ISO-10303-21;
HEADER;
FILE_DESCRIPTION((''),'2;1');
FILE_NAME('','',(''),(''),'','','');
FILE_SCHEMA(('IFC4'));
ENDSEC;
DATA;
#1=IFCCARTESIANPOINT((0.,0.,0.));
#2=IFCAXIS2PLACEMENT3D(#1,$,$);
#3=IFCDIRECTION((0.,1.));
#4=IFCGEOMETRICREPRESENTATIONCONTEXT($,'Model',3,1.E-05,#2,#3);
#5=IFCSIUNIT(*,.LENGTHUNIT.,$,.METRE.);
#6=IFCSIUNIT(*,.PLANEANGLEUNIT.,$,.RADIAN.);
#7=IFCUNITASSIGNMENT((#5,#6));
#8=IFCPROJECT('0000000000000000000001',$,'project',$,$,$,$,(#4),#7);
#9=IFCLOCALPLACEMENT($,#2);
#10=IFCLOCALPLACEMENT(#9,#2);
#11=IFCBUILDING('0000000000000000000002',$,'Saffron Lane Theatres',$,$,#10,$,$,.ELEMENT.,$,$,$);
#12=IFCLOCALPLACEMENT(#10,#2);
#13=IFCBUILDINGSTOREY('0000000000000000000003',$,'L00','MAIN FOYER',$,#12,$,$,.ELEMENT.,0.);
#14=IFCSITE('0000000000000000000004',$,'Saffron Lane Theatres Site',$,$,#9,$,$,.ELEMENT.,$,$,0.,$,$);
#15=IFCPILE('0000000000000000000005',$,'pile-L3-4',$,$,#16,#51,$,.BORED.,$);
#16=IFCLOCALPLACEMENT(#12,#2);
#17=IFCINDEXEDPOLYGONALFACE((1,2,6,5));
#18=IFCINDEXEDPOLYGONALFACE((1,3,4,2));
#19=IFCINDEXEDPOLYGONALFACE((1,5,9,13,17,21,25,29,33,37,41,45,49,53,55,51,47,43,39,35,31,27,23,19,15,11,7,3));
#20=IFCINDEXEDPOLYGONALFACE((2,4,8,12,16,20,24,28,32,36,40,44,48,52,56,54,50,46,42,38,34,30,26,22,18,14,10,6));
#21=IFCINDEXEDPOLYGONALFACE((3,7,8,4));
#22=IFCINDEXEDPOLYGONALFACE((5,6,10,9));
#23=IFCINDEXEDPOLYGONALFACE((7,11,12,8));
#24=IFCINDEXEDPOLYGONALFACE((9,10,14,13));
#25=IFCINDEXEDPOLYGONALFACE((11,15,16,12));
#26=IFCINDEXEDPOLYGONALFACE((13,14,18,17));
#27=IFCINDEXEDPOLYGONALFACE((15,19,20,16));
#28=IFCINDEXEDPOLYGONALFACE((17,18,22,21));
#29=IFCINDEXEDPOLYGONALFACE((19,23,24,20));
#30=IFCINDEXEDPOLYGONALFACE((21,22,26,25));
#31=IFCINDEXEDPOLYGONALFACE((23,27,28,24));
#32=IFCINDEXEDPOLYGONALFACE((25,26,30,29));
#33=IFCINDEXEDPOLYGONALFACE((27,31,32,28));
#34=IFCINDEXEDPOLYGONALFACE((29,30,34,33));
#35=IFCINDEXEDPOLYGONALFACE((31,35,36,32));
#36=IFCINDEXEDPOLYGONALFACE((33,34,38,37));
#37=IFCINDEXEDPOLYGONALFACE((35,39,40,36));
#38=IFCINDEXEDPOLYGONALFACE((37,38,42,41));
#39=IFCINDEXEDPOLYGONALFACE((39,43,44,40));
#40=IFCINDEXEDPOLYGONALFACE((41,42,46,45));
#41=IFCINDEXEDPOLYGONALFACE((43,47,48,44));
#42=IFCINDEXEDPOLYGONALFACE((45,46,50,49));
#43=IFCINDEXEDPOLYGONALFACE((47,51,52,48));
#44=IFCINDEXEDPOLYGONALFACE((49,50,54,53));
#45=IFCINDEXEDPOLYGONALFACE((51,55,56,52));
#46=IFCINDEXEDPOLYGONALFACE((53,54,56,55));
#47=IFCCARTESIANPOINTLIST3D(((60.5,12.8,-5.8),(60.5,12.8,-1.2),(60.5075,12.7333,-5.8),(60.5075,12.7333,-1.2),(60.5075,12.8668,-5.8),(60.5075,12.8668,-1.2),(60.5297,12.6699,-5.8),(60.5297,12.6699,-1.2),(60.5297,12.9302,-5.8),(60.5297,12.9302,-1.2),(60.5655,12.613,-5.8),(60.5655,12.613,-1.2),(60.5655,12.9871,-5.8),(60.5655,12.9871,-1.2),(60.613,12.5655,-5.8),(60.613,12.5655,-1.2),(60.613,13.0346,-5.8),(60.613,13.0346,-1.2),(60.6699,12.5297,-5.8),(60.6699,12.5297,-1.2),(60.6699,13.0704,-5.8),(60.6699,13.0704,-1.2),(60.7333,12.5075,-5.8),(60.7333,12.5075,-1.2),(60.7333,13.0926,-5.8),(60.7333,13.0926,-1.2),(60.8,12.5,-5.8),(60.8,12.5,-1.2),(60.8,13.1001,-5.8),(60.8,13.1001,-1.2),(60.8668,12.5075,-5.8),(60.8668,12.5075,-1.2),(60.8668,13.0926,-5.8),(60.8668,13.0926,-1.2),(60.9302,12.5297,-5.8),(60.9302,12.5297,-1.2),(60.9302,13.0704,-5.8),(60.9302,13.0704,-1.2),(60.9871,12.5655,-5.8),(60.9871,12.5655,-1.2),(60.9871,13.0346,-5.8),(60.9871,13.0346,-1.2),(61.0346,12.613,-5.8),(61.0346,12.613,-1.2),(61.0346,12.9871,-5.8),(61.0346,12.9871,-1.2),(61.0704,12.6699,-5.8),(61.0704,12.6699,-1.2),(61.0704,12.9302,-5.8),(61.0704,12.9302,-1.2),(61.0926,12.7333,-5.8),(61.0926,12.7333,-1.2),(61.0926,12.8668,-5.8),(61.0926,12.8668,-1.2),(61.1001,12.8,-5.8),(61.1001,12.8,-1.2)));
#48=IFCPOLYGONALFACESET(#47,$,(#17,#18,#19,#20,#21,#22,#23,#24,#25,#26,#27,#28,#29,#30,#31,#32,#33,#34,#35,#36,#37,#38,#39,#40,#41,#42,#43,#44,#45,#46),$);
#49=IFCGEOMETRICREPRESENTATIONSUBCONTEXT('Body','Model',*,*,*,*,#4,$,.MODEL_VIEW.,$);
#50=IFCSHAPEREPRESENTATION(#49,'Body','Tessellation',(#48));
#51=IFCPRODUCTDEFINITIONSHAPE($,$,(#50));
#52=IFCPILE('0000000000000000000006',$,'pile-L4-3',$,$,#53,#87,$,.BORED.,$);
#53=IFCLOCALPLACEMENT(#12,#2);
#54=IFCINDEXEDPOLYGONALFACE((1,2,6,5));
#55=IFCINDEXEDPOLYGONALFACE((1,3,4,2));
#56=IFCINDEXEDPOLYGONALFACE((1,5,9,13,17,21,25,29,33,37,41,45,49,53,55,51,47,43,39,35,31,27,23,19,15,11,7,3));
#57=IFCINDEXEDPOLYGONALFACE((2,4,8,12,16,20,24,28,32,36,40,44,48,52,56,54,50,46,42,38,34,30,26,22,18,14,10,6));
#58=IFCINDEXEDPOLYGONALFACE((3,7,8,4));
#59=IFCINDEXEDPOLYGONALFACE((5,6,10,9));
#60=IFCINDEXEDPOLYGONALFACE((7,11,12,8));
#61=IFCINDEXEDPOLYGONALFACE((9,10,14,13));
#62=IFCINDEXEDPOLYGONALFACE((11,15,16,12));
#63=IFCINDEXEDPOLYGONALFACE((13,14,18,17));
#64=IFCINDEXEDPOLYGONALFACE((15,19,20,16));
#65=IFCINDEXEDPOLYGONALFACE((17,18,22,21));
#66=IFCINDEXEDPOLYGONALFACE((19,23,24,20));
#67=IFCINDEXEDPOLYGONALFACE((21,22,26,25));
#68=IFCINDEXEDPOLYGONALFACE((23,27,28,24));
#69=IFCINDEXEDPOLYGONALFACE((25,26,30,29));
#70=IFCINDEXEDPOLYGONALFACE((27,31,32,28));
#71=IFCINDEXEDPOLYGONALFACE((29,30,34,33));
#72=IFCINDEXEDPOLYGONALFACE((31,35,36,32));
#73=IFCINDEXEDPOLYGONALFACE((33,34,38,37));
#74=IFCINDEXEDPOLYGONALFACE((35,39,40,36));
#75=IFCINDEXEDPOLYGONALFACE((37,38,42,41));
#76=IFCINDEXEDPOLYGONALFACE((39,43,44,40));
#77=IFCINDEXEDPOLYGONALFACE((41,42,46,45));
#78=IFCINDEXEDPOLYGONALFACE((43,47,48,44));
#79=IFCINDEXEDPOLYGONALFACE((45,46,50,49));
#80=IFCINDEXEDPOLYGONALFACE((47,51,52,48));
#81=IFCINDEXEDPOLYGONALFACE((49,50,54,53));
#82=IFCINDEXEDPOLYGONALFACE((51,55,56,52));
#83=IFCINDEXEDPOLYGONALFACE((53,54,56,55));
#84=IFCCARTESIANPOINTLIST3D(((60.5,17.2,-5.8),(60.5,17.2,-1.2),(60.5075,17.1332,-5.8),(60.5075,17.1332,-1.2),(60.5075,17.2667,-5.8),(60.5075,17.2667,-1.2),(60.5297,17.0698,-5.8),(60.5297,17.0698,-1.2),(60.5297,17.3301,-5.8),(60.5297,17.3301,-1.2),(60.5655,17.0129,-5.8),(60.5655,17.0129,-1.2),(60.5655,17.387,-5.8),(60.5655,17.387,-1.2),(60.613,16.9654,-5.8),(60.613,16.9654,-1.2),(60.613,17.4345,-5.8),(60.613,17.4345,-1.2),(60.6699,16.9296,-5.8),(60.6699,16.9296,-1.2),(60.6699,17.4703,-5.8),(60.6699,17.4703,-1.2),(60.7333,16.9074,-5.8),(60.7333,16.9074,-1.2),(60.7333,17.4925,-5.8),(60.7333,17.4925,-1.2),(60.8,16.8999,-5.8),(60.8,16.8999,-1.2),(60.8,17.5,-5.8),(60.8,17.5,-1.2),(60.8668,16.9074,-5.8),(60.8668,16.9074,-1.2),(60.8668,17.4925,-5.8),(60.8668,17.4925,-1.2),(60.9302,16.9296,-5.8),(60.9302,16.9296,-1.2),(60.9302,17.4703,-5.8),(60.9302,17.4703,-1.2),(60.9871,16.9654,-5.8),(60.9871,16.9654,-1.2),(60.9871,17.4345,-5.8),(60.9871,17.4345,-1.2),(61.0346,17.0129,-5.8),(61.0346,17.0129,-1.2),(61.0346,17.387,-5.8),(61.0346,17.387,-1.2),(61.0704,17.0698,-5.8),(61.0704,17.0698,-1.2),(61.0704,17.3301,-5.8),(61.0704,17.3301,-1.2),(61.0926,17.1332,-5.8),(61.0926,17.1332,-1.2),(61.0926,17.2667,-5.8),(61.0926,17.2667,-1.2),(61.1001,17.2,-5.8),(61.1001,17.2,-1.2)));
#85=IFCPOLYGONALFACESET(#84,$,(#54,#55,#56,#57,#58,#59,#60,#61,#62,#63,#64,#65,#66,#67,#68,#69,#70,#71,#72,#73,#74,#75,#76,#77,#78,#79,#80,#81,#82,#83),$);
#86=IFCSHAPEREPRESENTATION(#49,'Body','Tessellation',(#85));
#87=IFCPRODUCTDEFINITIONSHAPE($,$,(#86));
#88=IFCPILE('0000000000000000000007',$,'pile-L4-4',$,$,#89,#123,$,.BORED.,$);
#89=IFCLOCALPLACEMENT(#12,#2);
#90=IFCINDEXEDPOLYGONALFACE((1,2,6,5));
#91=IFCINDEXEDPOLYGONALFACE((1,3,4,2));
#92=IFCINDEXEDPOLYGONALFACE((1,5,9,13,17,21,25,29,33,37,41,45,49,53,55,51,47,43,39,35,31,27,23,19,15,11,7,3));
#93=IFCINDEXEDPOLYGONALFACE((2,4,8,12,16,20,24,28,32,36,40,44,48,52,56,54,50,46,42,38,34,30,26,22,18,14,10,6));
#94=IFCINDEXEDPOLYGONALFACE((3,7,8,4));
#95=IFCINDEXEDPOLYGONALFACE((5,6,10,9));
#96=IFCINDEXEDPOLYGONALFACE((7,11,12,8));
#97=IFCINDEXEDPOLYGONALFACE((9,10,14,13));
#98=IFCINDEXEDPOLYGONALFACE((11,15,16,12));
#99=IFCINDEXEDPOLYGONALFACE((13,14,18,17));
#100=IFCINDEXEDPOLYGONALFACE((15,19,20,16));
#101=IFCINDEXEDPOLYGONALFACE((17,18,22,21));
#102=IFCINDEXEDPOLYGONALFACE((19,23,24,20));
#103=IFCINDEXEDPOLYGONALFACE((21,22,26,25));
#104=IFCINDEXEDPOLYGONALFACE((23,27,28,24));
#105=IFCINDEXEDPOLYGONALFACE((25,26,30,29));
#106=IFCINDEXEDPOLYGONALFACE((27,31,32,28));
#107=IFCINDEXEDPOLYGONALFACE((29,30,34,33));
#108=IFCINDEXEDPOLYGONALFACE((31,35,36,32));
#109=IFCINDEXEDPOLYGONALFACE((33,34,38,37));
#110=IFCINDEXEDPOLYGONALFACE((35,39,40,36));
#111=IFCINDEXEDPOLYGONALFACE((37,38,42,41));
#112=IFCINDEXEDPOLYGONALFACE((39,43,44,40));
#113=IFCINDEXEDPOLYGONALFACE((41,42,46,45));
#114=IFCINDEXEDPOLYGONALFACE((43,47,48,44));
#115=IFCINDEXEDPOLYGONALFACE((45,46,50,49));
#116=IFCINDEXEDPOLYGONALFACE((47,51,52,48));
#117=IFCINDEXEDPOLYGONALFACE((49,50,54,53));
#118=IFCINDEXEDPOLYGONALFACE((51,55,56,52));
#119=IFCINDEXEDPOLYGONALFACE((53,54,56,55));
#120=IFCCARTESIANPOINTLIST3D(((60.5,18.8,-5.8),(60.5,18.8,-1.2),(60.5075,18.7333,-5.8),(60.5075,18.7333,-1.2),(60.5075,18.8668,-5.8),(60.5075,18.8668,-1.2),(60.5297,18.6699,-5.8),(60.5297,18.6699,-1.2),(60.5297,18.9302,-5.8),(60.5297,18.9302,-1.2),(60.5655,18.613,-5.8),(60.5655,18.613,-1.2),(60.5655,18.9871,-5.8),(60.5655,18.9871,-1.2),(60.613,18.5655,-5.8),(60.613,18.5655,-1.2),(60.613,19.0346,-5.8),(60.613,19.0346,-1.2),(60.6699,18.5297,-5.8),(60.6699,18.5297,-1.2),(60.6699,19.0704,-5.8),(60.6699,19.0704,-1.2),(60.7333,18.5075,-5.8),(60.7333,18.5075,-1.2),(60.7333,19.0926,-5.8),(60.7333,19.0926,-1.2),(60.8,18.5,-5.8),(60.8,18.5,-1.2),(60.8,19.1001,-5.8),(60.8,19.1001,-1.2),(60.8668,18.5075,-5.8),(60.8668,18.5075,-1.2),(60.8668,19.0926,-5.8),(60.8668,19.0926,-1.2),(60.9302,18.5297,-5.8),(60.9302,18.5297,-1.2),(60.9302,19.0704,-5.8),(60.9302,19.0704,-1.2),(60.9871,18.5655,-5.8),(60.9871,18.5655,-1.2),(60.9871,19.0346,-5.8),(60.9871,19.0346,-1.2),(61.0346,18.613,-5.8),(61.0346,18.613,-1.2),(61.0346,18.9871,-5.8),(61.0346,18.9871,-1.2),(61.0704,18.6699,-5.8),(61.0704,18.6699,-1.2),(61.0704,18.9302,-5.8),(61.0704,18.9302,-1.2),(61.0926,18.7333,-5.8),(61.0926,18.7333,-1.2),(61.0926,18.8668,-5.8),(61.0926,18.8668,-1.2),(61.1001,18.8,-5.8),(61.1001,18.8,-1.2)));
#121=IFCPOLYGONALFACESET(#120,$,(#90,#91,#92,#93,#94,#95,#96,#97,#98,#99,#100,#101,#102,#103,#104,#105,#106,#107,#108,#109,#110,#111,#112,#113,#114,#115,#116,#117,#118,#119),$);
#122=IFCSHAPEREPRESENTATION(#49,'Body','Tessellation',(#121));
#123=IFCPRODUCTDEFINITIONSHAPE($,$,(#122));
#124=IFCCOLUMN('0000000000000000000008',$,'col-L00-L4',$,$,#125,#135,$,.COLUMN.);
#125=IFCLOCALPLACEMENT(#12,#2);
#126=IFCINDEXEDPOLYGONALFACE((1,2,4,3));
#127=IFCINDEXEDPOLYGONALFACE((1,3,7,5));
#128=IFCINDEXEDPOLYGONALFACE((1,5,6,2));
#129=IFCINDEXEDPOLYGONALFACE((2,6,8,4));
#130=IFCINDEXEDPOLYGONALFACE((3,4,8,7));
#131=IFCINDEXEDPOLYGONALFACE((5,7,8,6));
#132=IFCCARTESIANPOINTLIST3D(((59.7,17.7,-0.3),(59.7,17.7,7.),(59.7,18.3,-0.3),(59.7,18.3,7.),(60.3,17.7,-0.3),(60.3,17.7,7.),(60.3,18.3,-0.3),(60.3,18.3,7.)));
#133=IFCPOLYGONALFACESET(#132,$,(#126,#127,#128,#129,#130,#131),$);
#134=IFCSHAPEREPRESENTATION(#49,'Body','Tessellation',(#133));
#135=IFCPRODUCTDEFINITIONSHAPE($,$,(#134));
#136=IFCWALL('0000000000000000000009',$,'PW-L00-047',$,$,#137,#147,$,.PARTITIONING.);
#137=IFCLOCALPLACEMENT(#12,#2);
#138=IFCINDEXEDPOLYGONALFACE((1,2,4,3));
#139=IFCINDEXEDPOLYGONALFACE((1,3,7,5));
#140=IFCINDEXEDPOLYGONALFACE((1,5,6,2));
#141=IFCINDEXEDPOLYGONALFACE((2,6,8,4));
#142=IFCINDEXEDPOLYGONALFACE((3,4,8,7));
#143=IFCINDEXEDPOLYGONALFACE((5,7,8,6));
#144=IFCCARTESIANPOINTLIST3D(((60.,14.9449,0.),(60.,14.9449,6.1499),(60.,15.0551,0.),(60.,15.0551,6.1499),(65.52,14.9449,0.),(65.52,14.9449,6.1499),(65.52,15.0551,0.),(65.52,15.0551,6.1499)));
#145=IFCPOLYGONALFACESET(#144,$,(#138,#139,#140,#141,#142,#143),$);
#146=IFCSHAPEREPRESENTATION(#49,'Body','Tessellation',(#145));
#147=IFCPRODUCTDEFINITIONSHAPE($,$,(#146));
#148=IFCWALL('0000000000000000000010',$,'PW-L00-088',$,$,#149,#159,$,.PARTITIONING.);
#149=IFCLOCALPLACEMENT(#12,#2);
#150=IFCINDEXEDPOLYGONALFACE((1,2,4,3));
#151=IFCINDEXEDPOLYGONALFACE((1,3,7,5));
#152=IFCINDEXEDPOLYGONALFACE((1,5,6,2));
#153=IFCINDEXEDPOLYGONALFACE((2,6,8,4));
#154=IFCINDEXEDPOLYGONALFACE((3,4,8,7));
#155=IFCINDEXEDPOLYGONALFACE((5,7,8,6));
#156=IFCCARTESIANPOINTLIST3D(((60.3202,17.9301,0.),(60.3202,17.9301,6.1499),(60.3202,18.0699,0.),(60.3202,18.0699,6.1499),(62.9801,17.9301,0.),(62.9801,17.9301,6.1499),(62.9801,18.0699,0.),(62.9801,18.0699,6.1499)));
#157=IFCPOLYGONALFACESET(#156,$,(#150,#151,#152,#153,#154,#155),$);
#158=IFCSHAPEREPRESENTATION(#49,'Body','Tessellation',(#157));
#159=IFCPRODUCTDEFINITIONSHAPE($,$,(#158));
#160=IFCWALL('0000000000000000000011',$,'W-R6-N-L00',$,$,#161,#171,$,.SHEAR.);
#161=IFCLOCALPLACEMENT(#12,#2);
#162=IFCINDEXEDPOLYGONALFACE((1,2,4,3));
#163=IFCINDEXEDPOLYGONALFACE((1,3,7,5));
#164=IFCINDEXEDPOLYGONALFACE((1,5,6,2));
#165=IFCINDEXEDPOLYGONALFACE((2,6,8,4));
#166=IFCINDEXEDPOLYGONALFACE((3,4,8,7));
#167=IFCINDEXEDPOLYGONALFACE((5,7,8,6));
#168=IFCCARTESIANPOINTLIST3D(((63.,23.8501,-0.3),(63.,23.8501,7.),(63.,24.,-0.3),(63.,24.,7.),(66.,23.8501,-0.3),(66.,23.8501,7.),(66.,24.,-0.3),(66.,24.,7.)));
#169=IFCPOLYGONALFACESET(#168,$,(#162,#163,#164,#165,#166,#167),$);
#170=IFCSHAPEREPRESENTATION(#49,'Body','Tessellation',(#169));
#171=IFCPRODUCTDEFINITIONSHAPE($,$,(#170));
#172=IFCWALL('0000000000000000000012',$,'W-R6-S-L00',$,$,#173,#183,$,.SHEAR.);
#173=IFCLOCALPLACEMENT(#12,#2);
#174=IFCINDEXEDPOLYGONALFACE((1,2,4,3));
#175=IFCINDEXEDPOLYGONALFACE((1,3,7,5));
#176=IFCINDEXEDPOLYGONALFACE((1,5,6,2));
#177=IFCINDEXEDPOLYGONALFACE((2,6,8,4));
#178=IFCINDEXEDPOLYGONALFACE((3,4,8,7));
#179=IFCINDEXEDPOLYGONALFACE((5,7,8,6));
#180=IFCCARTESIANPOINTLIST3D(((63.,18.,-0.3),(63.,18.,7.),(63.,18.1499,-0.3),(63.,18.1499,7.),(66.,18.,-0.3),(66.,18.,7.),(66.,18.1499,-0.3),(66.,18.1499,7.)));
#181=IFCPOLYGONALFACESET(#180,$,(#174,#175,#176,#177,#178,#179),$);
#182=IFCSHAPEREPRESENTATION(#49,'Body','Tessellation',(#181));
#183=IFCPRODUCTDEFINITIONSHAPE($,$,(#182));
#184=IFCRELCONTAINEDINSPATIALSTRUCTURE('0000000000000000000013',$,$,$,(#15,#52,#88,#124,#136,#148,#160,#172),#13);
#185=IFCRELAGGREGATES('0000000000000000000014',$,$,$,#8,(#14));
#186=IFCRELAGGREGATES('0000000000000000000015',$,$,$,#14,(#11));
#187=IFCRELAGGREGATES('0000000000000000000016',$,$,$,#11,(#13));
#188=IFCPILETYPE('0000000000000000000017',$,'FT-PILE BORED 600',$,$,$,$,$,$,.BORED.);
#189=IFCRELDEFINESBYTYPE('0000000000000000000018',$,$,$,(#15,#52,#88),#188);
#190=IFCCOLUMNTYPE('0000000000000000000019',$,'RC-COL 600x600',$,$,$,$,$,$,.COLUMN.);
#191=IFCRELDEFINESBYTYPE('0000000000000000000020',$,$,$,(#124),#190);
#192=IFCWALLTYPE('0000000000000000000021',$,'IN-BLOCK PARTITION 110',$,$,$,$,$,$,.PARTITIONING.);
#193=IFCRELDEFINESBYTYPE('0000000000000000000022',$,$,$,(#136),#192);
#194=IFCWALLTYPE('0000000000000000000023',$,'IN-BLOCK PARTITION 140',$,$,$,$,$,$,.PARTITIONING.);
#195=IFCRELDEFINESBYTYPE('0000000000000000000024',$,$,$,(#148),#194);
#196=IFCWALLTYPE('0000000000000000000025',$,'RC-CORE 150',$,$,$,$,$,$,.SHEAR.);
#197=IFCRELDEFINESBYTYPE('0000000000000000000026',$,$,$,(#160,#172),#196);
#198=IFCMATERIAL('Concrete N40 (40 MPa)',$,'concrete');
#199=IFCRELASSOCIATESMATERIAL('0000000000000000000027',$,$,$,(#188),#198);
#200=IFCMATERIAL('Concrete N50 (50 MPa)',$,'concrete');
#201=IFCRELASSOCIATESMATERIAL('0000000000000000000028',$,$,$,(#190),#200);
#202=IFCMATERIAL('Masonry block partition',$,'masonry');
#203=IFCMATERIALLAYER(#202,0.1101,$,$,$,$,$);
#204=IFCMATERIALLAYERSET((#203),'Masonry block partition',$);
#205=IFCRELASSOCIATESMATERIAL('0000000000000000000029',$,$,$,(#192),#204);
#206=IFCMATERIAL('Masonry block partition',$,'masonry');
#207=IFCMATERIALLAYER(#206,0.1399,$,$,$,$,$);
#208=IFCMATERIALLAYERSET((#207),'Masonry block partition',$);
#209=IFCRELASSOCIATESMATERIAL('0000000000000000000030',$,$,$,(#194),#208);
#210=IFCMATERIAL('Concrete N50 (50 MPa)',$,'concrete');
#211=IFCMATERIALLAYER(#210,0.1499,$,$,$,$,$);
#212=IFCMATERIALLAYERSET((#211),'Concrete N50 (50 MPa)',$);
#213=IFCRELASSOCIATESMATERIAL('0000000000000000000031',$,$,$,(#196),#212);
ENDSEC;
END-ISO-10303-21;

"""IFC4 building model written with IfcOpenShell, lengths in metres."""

from ifc_helpers import new_model, si_unit, direction, frame, frame_2d, origin, origin_2d, place, context, subcontext, project, spatial, rectangle, circle, extrude, material, layer, layer_set, material_profile, profile_set, type_object, element, save


model = new_model("IFC4")

# Units and contexts
model_context = context("Model", 3, precision=1e-05, world=origin(), true_north=direction((0.0, 1.0)))
body_context = subcontext(model_context, "Body", "Model", "MODEL_VIEW")
ifc_project = project(units=[si_unit("LENGTHUNIT", "METRE"), si_unit("PLANEANGLEUNIT", "RADIAN")], contexts=[model_context])

# Site, building, storey
site_placement = place(None, origin())
site = spatial("IfcSite", under=ifc_project, at=site_placement, Name="Saffron Lane Theatres Site", CompositionType="ELEMENT", RefElevation=0.0)
building_placement = place(site_placement, origin())
building = spatial("IfcBuilding", under=site, at=building_placement, Name="Saffron Lane Theatres", CompositionType="ELEMENT")
storey_placement = place(building_placement, origin())
storey = spatial("IfcBuildingStorey", under=building, at=storey_placement, Name="L00", Description="MAIN FOYER", CompositionType="ELEMENT", Elevation=0.0)

# Piles
ifc_material_1 = material(Name="Concrete N40 (40 MPa)", Category="concrete")
ifc_material_profile_1 = material_profile(ifc_material_1, circle(Radius=0.3, at=origin_2d()))
ifc_profile_set_1 = profile_set([ifc_material_profile_1], Name="Concrete N40 (40 MPa)")
pile_type = type_object("IfcPileType", Name="FT-PILE BORED 600", PredefinedType="BORED", material=ifc_profile_set_1)
for number, where, z_axis, x_axis, name in (
    (1, (60.8, 12.8, -1.2), (0.0, 0.0, -1.0), (1.0, 0.0, 0.0), "pile-L3-4"),
    (2, (60.8, 17.2, -1.2), (0.0, 0.0, -1.0), (1.0, 0.0, 0.0), "pile-L4-3"),
    (3, (60.8, 18.8, -1.2), (0.0, 0.0, -1.0), (1.0, 0.0, 0.0), "pile-L4-4"),
):
    element("IfcPile", number, at=place(storey_placement, frame(where, z_axis=z_axis, x_axis=x_axis)), inside=storey, type_object=pile_type, Name=name, PredefinedType="BORED", context=body_context, shape_type="SweptSolid", body=[
        extrude(circle(Radius=0.3, at=origin_2d()), origin(), (0.0, 0.0, 1.0), 4.6001),
    ])

# Column
ifc_material_2 = material(Name="Concrete N50 (50 MPa)", Category="concrete")
ifc_material_profile_2 = material_profile(ifc_material_2, rectangle(XDim=0.6001, YDim=0.6001, at=origin_2d()))
ifc_profile_set_2 = profile_set([ifc_material_profile_2], Name="Concrete N50 (50 MPa)")
column_type = type_object("IfcColumnType", Name="RC-COL 600x600", PredefinedType="COLUMN", material=ifc_profile_set_2)
column_placement = place(storey_placement, frame((60.0, 18.0, -0.3), z_axis=(0.0, 0.0, 1.0), x_axis=(1.0, 0.0, 0.0)))
element("IfcColumn", 4, at=column_placement, inside=storey, type_object=column_type, Name="col-L00-L4", PredefinedType="COLUMN", context=body_context, shape_type="SweptSolid", body=[
    extrude(rectangle(XDim=0.6001, YDim=0.6001, at=origin_2d()), origin(), (0.0, 0.0, 1.0), 7.3),
])

# Walls
ifc_material_3 = material(Name="Masonry block partition", Category="masonry")
ifc_layer_1 = layer(ifc_material_3, 0.1101)
ifc_layer_set_1 = layer_set([ifc_layer_1], Name="Masonry block partition")
wall_type_1 = type_object("IfcWallType", Name="IN-BLOCK PARTITION 110", PredefinedType="PARTITIONING", material=ifc_layer_set_1)
wall_1_placement = place(storey_placement, frame((60.0, 15.0, 0.0), z_axis=(0.0, 0.0, 1.0), x_axis=(1.0, 0.0, 0.0)))
element("IfcWall", 5, at=wall_1_placement, inside=storey, type_object=wall_type_1, Name="PW-L00-047", PredefinedType="PARTITIONING", context=body_context, shape_type="SweptSolid", body=[
    extrude(rectangle(XDim=5.52, YDim=0.1101, at=frame_2d((2.76, 0.0))), origin(), (0.0, 0.0, 1.0), 6.1499),
])
ifc_material_4 = material(Name="Masonry block partition", Category="masonry")
ifc_layer_2 = layer(ifc_material_4, 0.1399)
ifc_layer_set_2 = layer_set([ifc_layer_2], Name="Masonry block partition")
wall_type_2 = type_object("IfcWallType", Name="IN-BLOCK PARTITION 140", PredefinedType="PARTITIONING", material=ifc_layer_set_2)
wall_2_placement = place(storey_placement, frame((60.3201, 18.0, 0.0), z_axis=(0.0, 0.0, 1.0), x_axis=(1.0, 0.0, 0.0)))
element("IfcWall", 6, at=wall_2_placement, inside=storey, type_object=wall_type_2, Name="PW-L00-088", PredefinedType="PARTITIONING", context=body_context, shape_type="SweptSolid", body=[
    extrude(rectangle(XDim=2.6599, YDim=0.1399, at=frame_2d((1.3301, 0.0))), origin(), (0.0, 0.0, 1.0), 6.1499),
])
ifc_material_5 = material(Name="Concrete N50 (50 MPa)", Category="concrete")
ifc_layer_3 = layer(ifc_material_5, 0.1499)
ifc_layer_set_3 = layer_set([ifc_layer_3], Name="Concrete N50 (50 MPa)")
wall_type_3 = type_object("IfcWallType", Name="RC-CORE 150", PredefinedType="SHEAR", material=ifc_layer_set_3)
for number, where, z_axis, x_axis, name in (
    (7, (63.0, 23.925, -0.3), (0.0, 0.0, 1.0), (1.0, 0.0, 0.0), "W-R6-N-L00"),
    (8, (63.0, 18.075, -0.3), (0.0, 0.0, 1.0), (1.0, 0.0, 0.0), "W-R6-S-L00"),
):
    element("IfcWall", number, at=place(storey_placement, frame(where, z_axis=z_axis, x_axis=x_axis)), inside=storey, type_object=wall_type_3, Name=name, PredefinedType="SHEAR", context=body_context, shape_type="SweptSolid", body=[
        extrude(rectangle(XDim=3.0, YDim=0.1499, at=frame_2d((1.5, 0.0))), origin(), (0.0, 0.0, 1.0), 7.3),
    ])

save(model, "model.ifc")
